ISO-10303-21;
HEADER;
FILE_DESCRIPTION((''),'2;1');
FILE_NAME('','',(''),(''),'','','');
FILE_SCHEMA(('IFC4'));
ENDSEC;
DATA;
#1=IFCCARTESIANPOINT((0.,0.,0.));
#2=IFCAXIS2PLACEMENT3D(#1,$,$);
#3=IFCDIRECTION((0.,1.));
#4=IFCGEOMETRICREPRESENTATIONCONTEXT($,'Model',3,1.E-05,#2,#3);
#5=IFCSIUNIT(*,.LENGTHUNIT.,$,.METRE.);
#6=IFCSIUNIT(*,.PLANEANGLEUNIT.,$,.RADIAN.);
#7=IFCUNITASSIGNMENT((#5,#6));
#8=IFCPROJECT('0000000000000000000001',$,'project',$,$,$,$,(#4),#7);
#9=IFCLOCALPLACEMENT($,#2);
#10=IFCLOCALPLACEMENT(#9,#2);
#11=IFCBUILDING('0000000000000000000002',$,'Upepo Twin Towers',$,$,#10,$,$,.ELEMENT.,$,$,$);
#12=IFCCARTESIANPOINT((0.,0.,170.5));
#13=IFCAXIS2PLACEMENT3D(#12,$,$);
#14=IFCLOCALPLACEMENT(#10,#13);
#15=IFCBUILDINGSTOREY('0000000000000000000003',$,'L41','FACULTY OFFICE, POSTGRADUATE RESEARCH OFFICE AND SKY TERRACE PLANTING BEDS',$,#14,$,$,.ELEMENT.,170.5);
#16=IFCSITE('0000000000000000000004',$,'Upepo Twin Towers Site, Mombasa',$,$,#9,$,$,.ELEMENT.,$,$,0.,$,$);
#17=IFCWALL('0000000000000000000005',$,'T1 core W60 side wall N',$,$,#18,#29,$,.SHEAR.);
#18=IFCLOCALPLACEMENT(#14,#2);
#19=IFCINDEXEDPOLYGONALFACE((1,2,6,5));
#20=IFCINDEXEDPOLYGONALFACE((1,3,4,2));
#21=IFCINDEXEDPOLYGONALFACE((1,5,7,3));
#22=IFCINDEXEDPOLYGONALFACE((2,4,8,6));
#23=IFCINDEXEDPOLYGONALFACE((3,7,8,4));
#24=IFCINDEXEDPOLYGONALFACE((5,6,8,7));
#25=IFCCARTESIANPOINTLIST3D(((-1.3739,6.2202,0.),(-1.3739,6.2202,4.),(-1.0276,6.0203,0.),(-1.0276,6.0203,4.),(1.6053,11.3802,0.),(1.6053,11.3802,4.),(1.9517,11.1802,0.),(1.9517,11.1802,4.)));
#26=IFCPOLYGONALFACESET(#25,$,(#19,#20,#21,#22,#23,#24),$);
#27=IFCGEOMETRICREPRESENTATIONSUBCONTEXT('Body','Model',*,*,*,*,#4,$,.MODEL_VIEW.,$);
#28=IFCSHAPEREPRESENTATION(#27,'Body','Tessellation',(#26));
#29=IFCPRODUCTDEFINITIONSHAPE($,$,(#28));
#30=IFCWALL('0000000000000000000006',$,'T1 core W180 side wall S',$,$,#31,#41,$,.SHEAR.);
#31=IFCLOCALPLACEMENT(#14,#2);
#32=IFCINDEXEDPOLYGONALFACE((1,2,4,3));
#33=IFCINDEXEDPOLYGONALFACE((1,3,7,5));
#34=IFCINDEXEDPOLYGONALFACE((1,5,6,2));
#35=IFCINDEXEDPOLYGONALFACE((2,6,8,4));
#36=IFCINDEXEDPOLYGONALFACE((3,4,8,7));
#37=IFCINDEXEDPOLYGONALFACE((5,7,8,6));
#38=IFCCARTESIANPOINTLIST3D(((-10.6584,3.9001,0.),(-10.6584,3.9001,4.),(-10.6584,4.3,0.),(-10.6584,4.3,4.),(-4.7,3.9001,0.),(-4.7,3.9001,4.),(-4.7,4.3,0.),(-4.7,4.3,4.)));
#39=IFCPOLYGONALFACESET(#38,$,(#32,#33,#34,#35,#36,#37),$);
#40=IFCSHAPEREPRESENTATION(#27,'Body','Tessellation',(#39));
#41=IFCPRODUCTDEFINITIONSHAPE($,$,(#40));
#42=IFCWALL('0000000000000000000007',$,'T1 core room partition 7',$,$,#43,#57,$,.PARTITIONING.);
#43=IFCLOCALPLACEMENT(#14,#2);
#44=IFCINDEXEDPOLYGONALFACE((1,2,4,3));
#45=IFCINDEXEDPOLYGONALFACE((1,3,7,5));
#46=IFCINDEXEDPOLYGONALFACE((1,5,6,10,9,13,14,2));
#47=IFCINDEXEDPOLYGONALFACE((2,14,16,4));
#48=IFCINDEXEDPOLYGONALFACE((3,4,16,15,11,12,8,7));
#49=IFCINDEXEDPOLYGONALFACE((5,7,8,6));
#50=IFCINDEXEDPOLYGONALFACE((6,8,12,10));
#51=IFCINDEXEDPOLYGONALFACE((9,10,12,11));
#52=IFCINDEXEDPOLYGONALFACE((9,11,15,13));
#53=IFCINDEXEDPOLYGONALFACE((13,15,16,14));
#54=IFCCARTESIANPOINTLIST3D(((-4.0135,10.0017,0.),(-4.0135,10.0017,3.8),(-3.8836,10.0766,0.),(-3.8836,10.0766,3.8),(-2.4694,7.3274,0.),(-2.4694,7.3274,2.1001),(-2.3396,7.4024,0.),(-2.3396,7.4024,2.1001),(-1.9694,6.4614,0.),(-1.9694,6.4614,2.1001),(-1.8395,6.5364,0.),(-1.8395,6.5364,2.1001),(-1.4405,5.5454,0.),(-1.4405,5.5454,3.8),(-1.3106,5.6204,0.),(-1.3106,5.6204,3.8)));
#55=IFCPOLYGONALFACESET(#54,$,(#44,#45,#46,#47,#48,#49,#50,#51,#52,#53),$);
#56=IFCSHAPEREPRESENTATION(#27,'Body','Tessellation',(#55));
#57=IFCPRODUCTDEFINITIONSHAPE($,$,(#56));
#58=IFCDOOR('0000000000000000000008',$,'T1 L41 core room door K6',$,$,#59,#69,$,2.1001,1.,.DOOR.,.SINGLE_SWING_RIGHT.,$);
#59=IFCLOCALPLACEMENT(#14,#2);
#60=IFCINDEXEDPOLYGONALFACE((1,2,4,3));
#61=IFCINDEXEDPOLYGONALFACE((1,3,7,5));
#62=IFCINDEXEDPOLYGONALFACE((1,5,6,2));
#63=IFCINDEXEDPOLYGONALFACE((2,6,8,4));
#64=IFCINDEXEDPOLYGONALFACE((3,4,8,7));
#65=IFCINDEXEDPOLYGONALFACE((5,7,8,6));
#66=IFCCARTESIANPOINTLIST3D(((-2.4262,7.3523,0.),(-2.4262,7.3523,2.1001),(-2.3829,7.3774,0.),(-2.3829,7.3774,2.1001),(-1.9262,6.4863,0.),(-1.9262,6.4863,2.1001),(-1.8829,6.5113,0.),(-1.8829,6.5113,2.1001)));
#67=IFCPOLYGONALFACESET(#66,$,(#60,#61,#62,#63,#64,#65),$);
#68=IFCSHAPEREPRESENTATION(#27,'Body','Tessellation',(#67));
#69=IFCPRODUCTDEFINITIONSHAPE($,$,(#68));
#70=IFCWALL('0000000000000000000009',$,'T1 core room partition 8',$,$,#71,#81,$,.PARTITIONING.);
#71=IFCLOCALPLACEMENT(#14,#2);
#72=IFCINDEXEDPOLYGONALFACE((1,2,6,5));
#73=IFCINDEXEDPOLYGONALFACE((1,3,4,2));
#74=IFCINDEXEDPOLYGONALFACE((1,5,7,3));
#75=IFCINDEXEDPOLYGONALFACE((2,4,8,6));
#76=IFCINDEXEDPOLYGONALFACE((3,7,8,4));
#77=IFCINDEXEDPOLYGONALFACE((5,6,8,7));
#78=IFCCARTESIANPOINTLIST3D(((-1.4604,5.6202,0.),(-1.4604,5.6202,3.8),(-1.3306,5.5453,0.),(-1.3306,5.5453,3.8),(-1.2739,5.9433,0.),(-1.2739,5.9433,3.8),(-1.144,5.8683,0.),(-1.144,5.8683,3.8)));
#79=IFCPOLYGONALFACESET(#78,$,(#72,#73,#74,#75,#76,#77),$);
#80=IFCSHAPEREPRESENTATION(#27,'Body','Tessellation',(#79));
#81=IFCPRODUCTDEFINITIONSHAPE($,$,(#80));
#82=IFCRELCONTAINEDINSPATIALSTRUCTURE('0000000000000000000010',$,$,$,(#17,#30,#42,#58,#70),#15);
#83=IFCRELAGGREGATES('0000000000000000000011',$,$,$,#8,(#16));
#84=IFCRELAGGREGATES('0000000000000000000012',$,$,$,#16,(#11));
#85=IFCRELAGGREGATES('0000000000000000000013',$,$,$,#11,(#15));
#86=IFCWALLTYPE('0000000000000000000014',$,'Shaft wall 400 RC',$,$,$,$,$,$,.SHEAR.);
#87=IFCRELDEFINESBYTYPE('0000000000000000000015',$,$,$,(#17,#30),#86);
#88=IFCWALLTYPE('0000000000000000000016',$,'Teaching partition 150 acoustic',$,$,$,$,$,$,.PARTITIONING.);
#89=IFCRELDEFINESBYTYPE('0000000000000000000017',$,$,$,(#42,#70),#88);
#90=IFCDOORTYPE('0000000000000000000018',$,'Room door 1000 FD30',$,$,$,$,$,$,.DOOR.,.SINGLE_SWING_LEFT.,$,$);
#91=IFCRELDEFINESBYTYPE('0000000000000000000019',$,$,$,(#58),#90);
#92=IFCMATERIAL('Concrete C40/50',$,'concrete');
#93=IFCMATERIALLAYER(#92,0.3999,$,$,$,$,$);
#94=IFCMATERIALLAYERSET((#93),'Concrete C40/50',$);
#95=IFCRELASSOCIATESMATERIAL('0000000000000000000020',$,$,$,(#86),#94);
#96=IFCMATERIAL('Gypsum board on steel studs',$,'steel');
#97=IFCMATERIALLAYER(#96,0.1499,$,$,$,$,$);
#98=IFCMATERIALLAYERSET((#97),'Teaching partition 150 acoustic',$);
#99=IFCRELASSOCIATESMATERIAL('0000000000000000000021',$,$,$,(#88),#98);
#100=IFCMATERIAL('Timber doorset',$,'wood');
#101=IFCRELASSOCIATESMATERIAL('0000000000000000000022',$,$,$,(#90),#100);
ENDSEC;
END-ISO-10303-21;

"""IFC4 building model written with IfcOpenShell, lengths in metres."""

from ifc_helpers import new_model, si_unit, direction, frame, frame_2d, origin, place, context, subcontext, project, spatial, rectangle, extrude, material, layer, layer_set, type_object, element, fill, save


model = new_model("IFC4")

# Units and contexts
model_context = context("Model", 3, precision=1e-05, world=origin(), true_north=direction((0.0, 1.0)))
body_context = subcontext(model_context, "Body", "Model", "MODEL_VIEW")
ifc_project = project(units=[si_unit("LENGTHUNIT", "METRE"), si_unit("PLANEANGLEUNIT", "RADIAN")], contexts=[model_context])

# Site, building, storey
site_placement = place(None, origin())
site = spatial("IfcSite", under=ifc_project, at=site_placement, Name="Upepo Twin Towers Site, Mombasa", CompositionType="ELEMENT", RefElevation=0.0)
building_placement = place(site_placement, origin())
building = spatial("IfcBuilding", under=site, at=building_placement, Name="Upepo Twin Towers", CompositionType="ELEMENT")
storey_placement = place(building_placement, frame((0.0, 0.0, 170.5)))
storey = spatial("IfcBuildingStorey", under=building, at=storey_placement, Name="L41", Description="FACULTY OFFICE, POSTGRADUATE RESEARCH OFFICE AND SKY TERRACE PLANTING BEDS", CompositionType="ELEMENT", Elevation=170.5)

# Walls
ifc_material_1 = material(Name="Concrete C40/50", Category="concrete")
ifc_layer_1 = layer(ifc_material_1, 0.3999)
ifc_layer_set_1 = layer_set([ifc_layer_1], Name="Concrete C40/50")
wall_type_1 = type_object("IfcWallType", Name="Shaft wall 400 RC", PredefinedType="SHEAR", material=ifc_layer_set_1)
wall_1_placement = place(storey_placement, frame((-1.2007, 6.1204, 0.0), z_axis=(0.0, 0.0, 1.0), x_axis=(0.500022, 0.866013, 0.0)))
element("IfcWall", 1, at=wall_1_placement, inside=storey, type_object=wall_type_1, Name="T1 core W60 side wall N", PredefinedType="SHEAR", context=body_context, shape_type="SweptSolid", body=[
    extrude(rectangle(XDim=5.9583, YDim=0.3999, at=frame_2d((2.979, 0.0))), origin(), (0.0, 0.0, 1.0), 4.0),
])
wall_2_placement = place(storey_placement, frame((-4.7, 4.1001, 0.0), z_axis=(0.0, 0.0, 1.0), x_axis=(-1.0, 0.0, 0.0)))
element("IfcWall", 2, at=wall_2_placement, inside=storey, type_object=wall_type_1, Name="T1 core W180 side wall S", PredefinedType="SHEAR", context=body_context, shape_type="SweptSolid", body=[
    extrude(rectangle(XDim=5.9585, YDim=0.3999, at=frame_2d((2.9792, 0.0))), origin(), (0.0, 0.0, 1.0), 4.0),
])

# Wall, opening, door
ifc_material_2 = material(Name="Gypsum board on steel studs", Category="steel")
ifc_layer_2 = layer(ifc_material_2, 0.1499)
ifc_layer_set_2 = layer_set([ifc_layer_2], Name="Teaching partition 150 acoustic")
wall_type_2 = type_object("IfcWallType", Name="Teaching partition 150 acoustic", PredefinedType="PARTITIONING", material=ifc_layer_set_2)
wall_3_placement = place(storey_placement, frame((-3.9485, 10.0391, 0.0), z_axis=(0.0, 0.0, 1.0), x_axis=(0.500022, -0.866013, 0.0)))
wall_3 = element("IfcWall", 3, at=wall_3_placement, inside=storey, type_object=wall_type_2, Name="T1 core room partition 7", PredefinedType="PARTITIONING", context=body_context, shape_type="SweptSolid", body=[
    extrude(rectangle(XDim=5.1458, YDim=0.1499, at=frame_2d((2.5728, 0.0))), origin(), (0.0, 0.0, 1.0), 3.8),
])
opening_1_placement = place(wall_3_placement, frame((3.0879, 0.0, 0.0)))
opening_1 = element("IfcOpeningElement", 4, at=opening_1_placement, cuts=wall_3, PredefinedType="OPENING", context=body_context, shape_type="SweptSolid", body=[
    extrude(rectangle(XDim=1.0, YDim=2.1001, at=frame_2d((0.5, 1.05))), frame((0.0, 0.085, 0.0), z_axis=(0.0, -1.0, 0.0), x_axis=(1.0, 0.0, 0.0)), (0.0, 0.0, 1.0), 0.1699),
])
ifc_material_3 = material(Name="Timber doorset", Category="wood")
door_type_1 = type_object("IfcDoorType", Name="Room door 1000 FD30", OperationType="SINGLE_SWING_LEFT", PredefinedType="DOOR", material=ifc_material_3)
door_1_placement = place(opening_1_placement, origin())
door_1 = element("IfcDoor", 5, at=door_1_placement, inside=storey, type_object=door_type_1, Name="T1 L41 core room door K6", OperationType="SINGLE_SWING_RIGHT", OverallHeight=2.1001, OverallWidth=1.0, PredefinedType="DOOR", context=body_context, shape_type="SweptSolid", body=[
    extrude(rectangle(XDim=1.0, YDim=2.1001, at=frame_2d((0.5, 1.05))), frame((0.0, 0.0249, 0.0), z_axis=(0.0, -1.0, 0.0), x_axis=(1.0, 0.0, 0.0)), (0.0, 0.0, 1.0), 0.05),
])
fill(opening_1, door_1)

# Wall
wall_4_placement = place(storey_placement, frame((-1.3955, 5.5828, 0.0), z_axis=(0.0, 0.0, 1.0), x_axis=(0.500081, 0.865978, 0.0)))
element("IfcWall", 6, at=wall_4_placement, inside=storey, type_object=wall_type_2, Name="T1 core room partition 8", PredefinedType="PARTITIONING", context=body_context, shape_type="SweptSolid", body=[
    extrude(rectangle(XDim=0.373, YDim=0.1499, at=frame_2d((0.1865, 0.0))), origin(), (0.0, 0.0, 1.0), 3.8),
])

save(model, "model.ifc")
